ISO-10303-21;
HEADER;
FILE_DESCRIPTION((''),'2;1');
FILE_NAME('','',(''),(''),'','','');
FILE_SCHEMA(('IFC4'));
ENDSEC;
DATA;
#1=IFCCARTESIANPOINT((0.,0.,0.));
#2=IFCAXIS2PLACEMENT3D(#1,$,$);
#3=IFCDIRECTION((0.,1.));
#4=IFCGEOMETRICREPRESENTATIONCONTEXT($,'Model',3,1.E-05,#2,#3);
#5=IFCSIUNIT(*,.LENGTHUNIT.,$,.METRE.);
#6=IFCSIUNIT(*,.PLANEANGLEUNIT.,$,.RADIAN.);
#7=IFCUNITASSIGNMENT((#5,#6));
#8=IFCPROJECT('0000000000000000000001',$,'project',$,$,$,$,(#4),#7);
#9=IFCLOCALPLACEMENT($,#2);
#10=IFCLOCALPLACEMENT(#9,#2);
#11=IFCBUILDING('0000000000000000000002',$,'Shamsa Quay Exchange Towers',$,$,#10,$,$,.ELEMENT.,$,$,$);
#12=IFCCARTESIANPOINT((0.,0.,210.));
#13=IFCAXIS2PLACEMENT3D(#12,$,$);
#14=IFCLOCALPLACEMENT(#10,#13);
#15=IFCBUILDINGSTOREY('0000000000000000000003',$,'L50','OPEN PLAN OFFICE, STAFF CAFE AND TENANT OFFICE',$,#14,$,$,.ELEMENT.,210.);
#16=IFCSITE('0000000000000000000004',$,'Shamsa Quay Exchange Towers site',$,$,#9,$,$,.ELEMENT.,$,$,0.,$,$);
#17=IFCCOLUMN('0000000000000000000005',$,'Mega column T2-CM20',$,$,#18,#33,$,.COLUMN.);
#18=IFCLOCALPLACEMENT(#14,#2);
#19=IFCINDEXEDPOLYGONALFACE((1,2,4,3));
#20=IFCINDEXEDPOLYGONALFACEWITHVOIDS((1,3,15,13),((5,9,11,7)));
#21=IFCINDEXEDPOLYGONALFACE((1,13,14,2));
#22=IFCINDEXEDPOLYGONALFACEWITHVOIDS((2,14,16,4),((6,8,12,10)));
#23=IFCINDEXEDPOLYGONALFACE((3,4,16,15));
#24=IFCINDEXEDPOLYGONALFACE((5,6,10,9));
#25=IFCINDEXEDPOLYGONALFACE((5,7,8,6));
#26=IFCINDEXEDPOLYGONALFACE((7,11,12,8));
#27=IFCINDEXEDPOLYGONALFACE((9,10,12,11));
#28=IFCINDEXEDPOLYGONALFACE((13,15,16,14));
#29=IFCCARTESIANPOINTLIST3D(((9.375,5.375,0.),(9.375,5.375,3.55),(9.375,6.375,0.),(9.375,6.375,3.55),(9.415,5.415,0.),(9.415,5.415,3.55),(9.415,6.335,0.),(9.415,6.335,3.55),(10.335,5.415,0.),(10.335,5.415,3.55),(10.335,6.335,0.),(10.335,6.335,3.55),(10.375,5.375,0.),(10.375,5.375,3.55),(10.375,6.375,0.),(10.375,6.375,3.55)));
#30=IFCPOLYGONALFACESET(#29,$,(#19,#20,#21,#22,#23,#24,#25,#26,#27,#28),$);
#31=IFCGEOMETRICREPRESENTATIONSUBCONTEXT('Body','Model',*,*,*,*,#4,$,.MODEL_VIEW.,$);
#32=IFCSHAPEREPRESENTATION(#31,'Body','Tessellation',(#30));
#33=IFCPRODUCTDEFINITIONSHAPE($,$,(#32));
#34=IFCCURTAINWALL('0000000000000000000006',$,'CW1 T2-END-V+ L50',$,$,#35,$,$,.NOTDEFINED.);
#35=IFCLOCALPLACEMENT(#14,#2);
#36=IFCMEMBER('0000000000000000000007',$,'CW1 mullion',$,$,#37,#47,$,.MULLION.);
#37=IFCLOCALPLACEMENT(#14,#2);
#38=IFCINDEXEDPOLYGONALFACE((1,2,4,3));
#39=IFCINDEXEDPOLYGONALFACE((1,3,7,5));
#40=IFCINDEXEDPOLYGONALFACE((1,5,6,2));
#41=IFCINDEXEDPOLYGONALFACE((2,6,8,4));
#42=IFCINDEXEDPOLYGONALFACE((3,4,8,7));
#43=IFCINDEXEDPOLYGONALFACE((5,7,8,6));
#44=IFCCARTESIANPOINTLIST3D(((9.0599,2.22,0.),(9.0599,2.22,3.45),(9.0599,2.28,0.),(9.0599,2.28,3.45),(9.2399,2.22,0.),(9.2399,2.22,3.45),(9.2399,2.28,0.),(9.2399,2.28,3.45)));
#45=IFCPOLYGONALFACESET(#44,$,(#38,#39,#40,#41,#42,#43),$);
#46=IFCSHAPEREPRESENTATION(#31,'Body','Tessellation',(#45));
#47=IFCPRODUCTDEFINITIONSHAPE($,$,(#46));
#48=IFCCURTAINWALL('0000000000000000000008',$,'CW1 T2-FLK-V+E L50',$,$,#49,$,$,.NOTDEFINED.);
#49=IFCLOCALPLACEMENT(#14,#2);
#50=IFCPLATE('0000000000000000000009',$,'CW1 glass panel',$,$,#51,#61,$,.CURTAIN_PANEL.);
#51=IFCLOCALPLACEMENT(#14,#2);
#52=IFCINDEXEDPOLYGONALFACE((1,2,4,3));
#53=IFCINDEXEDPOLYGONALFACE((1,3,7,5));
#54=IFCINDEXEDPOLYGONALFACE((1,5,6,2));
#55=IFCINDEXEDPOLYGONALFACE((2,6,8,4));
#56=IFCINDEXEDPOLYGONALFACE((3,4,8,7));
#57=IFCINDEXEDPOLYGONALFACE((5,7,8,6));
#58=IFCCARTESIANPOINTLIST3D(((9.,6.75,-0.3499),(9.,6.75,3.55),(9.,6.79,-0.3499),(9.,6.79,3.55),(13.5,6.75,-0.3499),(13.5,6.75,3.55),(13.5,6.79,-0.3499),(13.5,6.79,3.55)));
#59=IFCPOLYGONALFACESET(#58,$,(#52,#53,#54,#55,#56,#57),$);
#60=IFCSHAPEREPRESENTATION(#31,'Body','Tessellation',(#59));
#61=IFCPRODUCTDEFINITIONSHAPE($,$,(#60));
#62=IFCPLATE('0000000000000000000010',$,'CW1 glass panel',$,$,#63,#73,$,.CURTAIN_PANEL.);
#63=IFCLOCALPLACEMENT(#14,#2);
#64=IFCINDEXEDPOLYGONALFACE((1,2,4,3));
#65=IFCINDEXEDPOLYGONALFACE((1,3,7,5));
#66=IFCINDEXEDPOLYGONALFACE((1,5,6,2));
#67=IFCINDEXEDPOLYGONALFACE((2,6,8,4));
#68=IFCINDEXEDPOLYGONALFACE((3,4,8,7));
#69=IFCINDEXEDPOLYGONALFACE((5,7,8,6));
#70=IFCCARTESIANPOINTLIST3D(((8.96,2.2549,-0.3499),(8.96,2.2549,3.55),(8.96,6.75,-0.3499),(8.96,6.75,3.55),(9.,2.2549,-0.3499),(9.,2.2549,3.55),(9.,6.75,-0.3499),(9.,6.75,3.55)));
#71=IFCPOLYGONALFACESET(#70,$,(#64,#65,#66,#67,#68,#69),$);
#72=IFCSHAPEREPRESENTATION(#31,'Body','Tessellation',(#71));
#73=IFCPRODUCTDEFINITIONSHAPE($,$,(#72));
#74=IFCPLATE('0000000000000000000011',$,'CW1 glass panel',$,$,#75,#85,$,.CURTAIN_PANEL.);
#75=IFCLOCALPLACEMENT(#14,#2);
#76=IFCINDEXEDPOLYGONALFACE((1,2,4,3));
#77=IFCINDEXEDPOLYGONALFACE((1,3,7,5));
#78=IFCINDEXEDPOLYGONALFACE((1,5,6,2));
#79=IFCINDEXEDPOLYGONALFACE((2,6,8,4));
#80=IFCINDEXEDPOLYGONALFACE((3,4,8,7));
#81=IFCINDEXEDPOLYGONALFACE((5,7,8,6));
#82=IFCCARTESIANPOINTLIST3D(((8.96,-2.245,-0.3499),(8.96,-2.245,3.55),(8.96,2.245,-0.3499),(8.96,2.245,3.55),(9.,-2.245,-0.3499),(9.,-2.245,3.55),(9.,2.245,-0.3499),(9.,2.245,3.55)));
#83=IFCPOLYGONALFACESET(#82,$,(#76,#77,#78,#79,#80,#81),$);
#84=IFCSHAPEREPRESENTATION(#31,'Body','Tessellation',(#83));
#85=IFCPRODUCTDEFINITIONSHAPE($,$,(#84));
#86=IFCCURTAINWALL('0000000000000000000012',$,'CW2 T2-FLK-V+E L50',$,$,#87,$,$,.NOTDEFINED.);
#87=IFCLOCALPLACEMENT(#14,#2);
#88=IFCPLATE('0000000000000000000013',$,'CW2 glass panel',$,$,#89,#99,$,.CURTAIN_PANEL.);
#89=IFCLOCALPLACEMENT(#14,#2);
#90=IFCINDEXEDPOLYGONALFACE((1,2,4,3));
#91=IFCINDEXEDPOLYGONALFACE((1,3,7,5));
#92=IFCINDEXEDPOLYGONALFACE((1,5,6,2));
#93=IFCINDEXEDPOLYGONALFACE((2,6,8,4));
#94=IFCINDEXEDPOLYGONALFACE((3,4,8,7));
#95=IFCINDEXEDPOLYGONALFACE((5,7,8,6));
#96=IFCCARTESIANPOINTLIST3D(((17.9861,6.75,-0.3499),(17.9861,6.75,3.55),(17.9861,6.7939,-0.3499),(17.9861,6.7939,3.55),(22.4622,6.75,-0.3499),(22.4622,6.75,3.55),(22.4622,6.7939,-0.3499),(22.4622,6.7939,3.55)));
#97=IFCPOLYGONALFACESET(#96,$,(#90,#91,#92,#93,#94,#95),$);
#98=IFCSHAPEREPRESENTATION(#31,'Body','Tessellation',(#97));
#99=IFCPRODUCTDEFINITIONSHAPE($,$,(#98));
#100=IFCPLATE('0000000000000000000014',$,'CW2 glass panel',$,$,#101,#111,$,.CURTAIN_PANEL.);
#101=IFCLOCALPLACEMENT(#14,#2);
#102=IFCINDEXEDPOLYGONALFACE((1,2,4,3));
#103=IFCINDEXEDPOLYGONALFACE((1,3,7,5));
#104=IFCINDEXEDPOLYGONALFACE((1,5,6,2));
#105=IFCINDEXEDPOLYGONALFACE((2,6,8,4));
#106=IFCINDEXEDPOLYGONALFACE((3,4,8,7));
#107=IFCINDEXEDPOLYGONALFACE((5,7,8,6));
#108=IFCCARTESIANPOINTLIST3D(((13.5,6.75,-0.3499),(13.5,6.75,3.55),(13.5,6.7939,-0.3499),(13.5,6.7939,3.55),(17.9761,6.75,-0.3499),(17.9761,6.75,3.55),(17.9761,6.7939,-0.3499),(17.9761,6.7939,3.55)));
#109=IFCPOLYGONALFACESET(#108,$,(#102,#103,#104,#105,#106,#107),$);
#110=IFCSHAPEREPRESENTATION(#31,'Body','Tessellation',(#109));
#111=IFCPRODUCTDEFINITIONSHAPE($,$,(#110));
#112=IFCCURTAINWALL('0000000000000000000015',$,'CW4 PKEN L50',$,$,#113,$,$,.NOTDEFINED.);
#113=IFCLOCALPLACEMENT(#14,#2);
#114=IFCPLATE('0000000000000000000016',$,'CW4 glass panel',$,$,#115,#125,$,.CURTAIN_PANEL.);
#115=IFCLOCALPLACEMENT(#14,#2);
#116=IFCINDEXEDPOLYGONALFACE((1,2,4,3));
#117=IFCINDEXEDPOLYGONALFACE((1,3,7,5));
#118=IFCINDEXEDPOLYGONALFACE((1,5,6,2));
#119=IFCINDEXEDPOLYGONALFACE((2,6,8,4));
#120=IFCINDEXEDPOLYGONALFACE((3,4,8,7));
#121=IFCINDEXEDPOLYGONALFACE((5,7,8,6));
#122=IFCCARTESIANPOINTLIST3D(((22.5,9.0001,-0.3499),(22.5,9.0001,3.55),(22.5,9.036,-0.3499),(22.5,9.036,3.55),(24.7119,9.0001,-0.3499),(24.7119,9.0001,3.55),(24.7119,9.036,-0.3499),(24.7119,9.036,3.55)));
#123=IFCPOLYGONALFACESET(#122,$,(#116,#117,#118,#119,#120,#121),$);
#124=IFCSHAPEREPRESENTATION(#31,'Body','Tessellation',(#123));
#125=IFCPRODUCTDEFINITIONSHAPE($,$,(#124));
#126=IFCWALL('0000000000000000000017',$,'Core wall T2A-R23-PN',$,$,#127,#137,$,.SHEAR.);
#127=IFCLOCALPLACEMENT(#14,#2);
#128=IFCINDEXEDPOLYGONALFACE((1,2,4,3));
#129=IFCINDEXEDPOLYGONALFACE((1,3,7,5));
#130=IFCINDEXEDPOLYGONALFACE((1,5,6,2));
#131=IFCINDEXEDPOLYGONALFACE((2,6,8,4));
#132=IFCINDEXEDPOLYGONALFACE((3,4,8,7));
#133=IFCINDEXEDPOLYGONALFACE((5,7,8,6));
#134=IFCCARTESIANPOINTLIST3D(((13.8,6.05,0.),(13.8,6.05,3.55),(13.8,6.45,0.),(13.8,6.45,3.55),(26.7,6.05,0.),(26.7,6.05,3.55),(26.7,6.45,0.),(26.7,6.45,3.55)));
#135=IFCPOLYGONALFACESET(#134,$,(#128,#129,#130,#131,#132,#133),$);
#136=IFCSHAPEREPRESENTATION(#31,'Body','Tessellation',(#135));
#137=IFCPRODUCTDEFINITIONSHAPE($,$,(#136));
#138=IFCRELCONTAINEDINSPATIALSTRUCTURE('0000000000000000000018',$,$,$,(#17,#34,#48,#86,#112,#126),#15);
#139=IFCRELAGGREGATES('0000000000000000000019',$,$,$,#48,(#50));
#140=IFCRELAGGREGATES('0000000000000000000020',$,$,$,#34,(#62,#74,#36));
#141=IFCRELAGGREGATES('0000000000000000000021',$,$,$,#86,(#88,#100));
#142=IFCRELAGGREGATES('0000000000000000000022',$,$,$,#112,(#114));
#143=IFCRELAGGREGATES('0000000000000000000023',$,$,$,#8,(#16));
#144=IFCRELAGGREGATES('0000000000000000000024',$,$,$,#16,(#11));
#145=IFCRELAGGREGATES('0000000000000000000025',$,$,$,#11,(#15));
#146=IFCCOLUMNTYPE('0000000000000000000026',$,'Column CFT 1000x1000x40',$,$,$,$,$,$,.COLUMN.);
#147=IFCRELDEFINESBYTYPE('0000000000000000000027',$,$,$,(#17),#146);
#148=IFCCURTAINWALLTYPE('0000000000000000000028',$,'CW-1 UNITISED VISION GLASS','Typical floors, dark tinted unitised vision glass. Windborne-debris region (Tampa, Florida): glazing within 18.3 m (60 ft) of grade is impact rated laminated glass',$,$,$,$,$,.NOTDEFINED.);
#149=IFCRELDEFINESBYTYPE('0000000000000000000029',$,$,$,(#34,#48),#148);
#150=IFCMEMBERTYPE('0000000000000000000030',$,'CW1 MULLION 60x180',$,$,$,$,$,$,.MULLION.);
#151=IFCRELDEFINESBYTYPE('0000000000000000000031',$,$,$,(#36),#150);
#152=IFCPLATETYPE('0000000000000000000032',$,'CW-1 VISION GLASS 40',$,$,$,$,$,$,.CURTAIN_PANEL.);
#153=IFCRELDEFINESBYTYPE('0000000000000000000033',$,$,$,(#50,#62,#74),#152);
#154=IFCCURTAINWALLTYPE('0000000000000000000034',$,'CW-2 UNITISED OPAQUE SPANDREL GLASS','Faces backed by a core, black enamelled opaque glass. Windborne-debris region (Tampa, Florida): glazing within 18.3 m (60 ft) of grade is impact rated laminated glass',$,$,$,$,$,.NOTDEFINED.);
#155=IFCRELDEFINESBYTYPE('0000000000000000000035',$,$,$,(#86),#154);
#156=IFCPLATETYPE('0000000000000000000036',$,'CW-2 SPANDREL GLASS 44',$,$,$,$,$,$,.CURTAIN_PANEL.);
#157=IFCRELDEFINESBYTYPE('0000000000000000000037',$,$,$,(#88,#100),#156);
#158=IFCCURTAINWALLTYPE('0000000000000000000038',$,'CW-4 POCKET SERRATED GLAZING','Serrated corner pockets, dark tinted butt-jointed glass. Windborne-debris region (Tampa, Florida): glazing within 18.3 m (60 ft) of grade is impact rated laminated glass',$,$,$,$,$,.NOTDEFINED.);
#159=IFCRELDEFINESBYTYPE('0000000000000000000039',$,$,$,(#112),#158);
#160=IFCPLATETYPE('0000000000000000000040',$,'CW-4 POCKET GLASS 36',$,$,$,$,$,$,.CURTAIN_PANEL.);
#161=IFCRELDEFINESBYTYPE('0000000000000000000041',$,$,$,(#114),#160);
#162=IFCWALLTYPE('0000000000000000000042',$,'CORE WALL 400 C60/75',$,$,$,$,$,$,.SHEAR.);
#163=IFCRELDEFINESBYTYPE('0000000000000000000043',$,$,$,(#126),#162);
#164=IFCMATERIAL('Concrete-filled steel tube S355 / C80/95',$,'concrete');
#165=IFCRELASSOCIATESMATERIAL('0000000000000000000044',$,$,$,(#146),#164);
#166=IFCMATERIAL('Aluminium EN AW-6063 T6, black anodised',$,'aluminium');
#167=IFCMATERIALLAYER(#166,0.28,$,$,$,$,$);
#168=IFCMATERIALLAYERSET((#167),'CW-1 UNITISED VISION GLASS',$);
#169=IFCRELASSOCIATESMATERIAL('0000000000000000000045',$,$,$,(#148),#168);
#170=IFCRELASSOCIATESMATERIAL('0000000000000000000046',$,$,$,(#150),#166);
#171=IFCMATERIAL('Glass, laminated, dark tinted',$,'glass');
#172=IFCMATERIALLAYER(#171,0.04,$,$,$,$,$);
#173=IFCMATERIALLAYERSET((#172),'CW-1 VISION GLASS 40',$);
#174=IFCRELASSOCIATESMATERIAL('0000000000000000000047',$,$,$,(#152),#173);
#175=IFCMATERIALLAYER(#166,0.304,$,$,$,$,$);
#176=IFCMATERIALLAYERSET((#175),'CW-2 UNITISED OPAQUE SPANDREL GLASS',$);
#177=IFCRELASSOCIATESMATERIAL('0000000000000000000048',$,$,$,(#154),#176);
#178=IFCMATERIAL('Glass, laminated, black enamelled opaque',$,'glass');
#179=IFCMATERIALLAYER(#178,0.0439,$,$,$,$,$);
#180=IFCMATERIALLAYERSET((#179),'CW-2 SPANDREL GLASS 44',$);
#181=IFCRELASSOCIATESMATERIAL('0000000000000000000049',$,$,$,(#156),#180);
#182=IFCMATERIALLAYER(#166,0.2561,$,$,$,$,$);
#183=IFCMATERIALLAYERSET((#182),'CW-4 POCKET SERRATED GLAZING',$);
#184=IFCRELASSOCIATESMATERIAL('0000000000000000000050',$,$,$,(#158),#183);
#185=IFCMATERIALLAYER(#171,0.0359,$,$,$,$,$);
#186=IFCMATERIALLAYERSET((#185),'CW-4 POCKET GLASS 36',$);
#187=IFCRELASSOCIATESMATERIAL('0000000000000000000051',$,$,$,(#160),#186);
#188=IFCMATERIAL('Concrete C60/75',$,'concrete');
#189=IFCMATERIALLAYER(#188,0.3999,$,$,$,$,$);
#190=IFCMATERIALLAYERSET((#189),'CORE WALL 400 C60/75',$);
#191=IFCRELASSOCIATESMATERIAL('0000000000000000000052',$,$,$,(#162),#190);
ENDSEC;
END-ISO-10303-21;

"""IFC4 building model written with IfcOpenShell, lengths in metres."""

from ifc_helpers import new_model, si_unit, direction, frame, frame_2d, origin, origin_2d, place, context, subcontext, project, spatial, rectangle, hollow_rectangle, extrude, material, layer, layer_set, material_profile, profile_set, type_object, element, aggregate, save


model = new_model("IFC4")

# Units and contexts
model_context = context("Model", 3, precision=1e-05, world=origin(), true_north=direction((0.0, 1.0)))
body_context = subcontext(model_context, "Body", "Model", "MODEL_VIEW")
ifc_project = project(units=[si_unit("LENGTHUNIT", "METRE"), si_unit("PLANEANGLEUNIT", "RADIAN")], contexts=[model_context])

# Site, building, storey
site_placement = place(None, origin())
site = spatial("IfcSite", under=ifc_project, at=site_placement, Name="Shamsa Quay Exchange Towers site", CompositionType="ELEMENT", RefElevation=0.0)
building_placement = place(site_placement, origin())
building = spatial("IfcBuilding", under=site, at=building_placement, Name="Shamsa Quay Exchange Towers", CompositionType="ELEMENT")
storey_placement = place(building_placement, frame((0.0, 0.0, 210.0)))
storey = spatial("IfcBuildingStorey", under=building, at=storey_placement, Name="L50", Description="OPEN PLAN OFFICE, STAFF CAFE AND TENANT OFFICE", CompositionType="ELEMENT", Elevation=210.0)

# Column
ifc_material_1 = material(Name="Concrete-filled steel tube S355 / C80/95", Category="concrete")
ifc_material_profile_1 = material_profile(ifc_material_1, hollow_rectangle(XDim=1.0, YDim=1.0, WallThickness=0.04, at=origin_2d()), Name="CFT 1000x1000x40")
ifc_profile_set_1 = profile_set([ifc_material_profile_1], Name="Concrete-filled steel tube S355 / C80/95")
column_type = type_object("IfcColumnType", Name="Column CFT 1000x1000x40", PredefinedType="COLUMN", material=ifc_profile_set_1)
column_placement = place(storey_placement, frame((9.875, 5.875, 0.0)))
element("IfcColumn", 1, at=column_placement, inside=storey, type_object=column_type, Name="Mega column T2-CM20", PredefinedType="COLUMN", context=body_context, shape_type="SweptSolid", body=[
    extrude(hollow_rectangle(XDim=1.0, YDim=1.0, WallThickness=0.04, at=origin_2d()), origin(), (0.0, 0.0, 1.0), 3.55),
])

# Curtain wall, member
ifc_material_2 = material(Name="Aluminium EN AW-6063 T6, black anodised", Category="aluminium")
ifc_layer_1 = layer(ifc_material_2, 0.28)
ifc_layer_set_1 = layer_set([ifc_layer_1], Name="CW-1 UNITISED VISION GLASS")
curtain_wall_type_1 = type_object("IfcCurtainWallType", Name="CW-1 UNITISED VISION GLASS", Description="Typical floors, dark tinted unitised vision glass. Windborne-debris region (Tampa, Florida): glazing within 18.3 m (60 ft) of grade is impact rated laminated glass", PredefinedType="NOTDEFINED", material=ifc_layer_set_1)
curtain_wall_1_placement = place(storey_placement, origin())
curtain_wall_1 = element("IfcCurtainWall", 2, at=curtain_wall_1_placement, inside=storey, type_object=curtain_wall_type_1, Name="CW1 T2-END-V+ L50", PredefinedType="NOTDEFINED")
ifc_material_profile_2 = material_profile(ifc_material_2, rectangle(XDim=0.1799, YDim=0.0601, at=origin_2d()), Name="MU60x180")
ifc_profile_set_2 = profile_set([ifc_material_profile_2], Name="Aluminium EN AW-6063 T6, black anodised")
member_type = type_object("IfcMemberType", Name="CW1 MULLION 60x180", PredefinedType="MULLION", material=ifc_profile_set_2)
member_placement = place(storey_placement, frame((9.1499, 2.25, 0.0)))
member = element("IfcMember", 3, at=member_placement, type_object=member_type, Name="CW1 mullion", PredefinedType="MULLION", context=body_context, shape_type="SweptSolid", body=[
    extrude(rectangle(XDim=0.1799, YDim=0.0601, at=origin_2d()), origin(), (0.0, 0.0, 1.0), 3.45),
])

# Curtain wall, plate
curtain_wall_2_placement = place(storey_placement, origin())
curtain_wall_2 = element("IfcCurtainWall", 4, at=curtain_wall_2_placement, inside=storey, type_object=curtain_wall_type_1, Name="CW1 T2-FLK-V+E L50", PredefinedType="NOTDEFINED")
ifc_material_3 = material(Name="Glass, laminated, dark tinted", Category="glass")
ifc_layer_2 = layer(ifc_material_3, 0.04)
ifc_layer_set_2 = layer_set([ifc_layer_2], Name="CW-1 VISION GLASS 40")
plate_type_1 = type_object("IfcPlateType", Name="CW-1 VISION GLASS 40", PredefinedType="CURTAIN_PANEL", material=ifc_layer_set_2)
plate_1_placement = place(storey_placement, frame((11.25, 6.77, -0.3499), z_axis=(0.0, 0.0, 1.0), x_axis=(-1.0, 0.0, 0.0)))
plate_1 = element("IfcPlate", 5, at=plate_1_placement, type_object=plate_type_1, Name="CW1 glass panel", PredefinedType="CURTAIN_PANEL", context=body_context, shape_type="SweptSolid", body=[
    extrude(rectangle(XDim=4.5, YDim=0.04, at=origin_2d()), origin(), (0.0, 0.0, 1.0), 3.8999),
])
aggregate(curtain_wall_2, [plate_1])

# Plates
plate_2_placement = place(storey_placement, frame((8.98, 4.5024, -0.3499), z_axis=(0.0, 0.0, 1.0), x_axis=(0.0, -1.0, 0.0)))
plate_2 = element("IfcPlate", 6, at=plate_2_placement, type_object=plate_type_1, Name="CW1 glass panel", PredefinedType="CURTAIN_PANEL", context=body_context, shape_type="SweptSolid", body=[
    extrude(rectangle(XDim=4.4951, YDim=0.04, at=origin_2d()), origin(), (0.0, 0.0, 1.0), 3.8999),
])
plate_3_placement = place(storey_placement, frame((8.98, 0.0, -0.3499), z_axis=(0.0, 0.0, 1.0), x_axis=(0.0, -1.0, 0.0)))
plate_3 = element("IfcPlate", 7, at=plate_3_placement, type_object=plate_type_1, Name="CW1 glass panel", PredefinedType="CURTAIN_PANEL", context=body_context, shape_type="SweptSolid", body=[
    extrude(rectangle(XDim=4.49, YDim=0.04, at=origin_2d()), origin(), (0.0, 0.0, 1.0), 3.8999),
])
aggregate(curtain_wall_1, [plate_2, plate_3, member])

# Curtain wall, plates
ifc_layer_3 = layer(ifc_material_2, 0.304)
ifc_layer_set_3 = layer_set([ifc_layer_3], Name="CW-2 UNITISED OPAQUE SPANDREL GLASS")
curtain_wall_type_2 = type_object("IfcCurtainWallType", Name="CW-2 UNITISED OPAQUE SPANDREL GLASS", Description="Faces backed by a core, black enamelled opaque glass. Windborne-debris region (Tampa, Florida): glazing within 18.3 m (60 ft) of grade is impact rated laminated glass", PredefinedType="NOTDEFINED", material=ifc_layer_set_3)
curtain_wall_3_placement = place(storey_placement, origin())
curtain_wall_3 = element("IfcCurtainWall", 8, at=curtain_wall_3_placement, inside=storey, type_object=curtain_wall_type_2, Name="CW2 T2-FLK-V+E L50", PredefinedType="NOTDEFINED")
ifc_material_4 = material(Name="Glass, laminated, black enamelled opaque", Category="glass")
ifc_layer_4 = layer(ifc_material_4, 0.0439)
ifc_layer_set_4 = layer_set([ifc_layer_4], Name="CW-2 SPANDREL GLASS 44")
plate_type_2 = type_object("IfcPlateType", Name="CW-2 SPANDREL GLASS 44", PredefinedType="CURTAIN_PANEL", material=ifc_layer_set_4)
plate_4_placement = place(storey_placement, frame((20.2241, 6.772, -0.3499), z_axis=(0.0, 0.0, 1.0), x_axis=(-1.0, 0.0, 0.0)))
plate_4 = element("IfcPlate", 9, at=plate_4_placement, type_object=plate_type_2, Name="CW2 glass panel", PredefinedType="CURTAIN_PANEL", context=body_context, shape_type="SweptSolid", body=[
    extrude(rectangle(XDim=4.4761, YDim=0.0439, at=origin_2d()), origin(), (0.0, 0.0, 1.0), 3.8999),
])
plate_5_placement = place(storey_placement, frame((15.738, 6.772, -0.3499), z_axis=(0.0, 0.0, 1.0), x_axis=(-1.0, 0.0, 0.0)))
plate_5 = element("IfcPlate", 10, at=plate_5_placement, type_object=plate_type_2, Name="CW2 glass panel", PredefinedType="CURTAIN_PANEL", context=body_context, shape_type="SweptSolid", body=[
    extrude(rectangle(XDim=4.4761, YDim=0.0439, at=origin_2d()), origin(), (0.0, 0.0, 1.0), 3.8999),
])
aggregate(curtain_wall_3, [plate_4, plate_5])

# Curtain wall, plate
ifc_layer_5 = layer(ifc_material_2, 0.2561)
ifc_layer_set_5 = layer_set([ifc_layer_5], Name="CW-4 POCKET SERRATED GLAZING")
curtain_wall_type_3 = type_object("IfcCurtainWallType", Name="CW-4 POCKET SERRATED GLAZING", Description="Serrated corner pockets, dark tinted butt-jointed glass. Windborne-debris region (Tampa, Florida): glazing within 18.3 m (60 ft) of grade is impact rated laminated glass", PredefinedType="NOTDEFINED", material=ifc_layer_set_5)
curtain_wall_4_placement = place(storey_placement, origin())
curtain_wall_4 = element("IfcCurtainWall", 11, at=curtain_wall_4_placement, inside=storey, type_object=curtain_wall_type_3, Name="CW4 PKEN L50", PredefinedType="NOTDEFINED")
ifc_layer_6 = layer(ifc_material_3, 0.0359)
ifc_layer_set_6 = layer_set([ifc_layer_6], Name="CW-4 POCKET GLASS 36")
plate_type_3 = type_object("IfcPlateType", Name="CW-4 POCKET GLASS 36", PredefinedType="CURTAIN_PANEL", material=ifc_layer_set_6)
plate_6_placement = place(storey_placement, frame((23.606, 9.0181, -0.3499), z_axis=(0.0, 0.0, 1.0), x_axis=(-1.0, 0.0, 0.0)))
plate_6 = element("IfcPlate", 12, at=plate_6_placement, type_object=plate_type_3, Name="CW4 glass panel", PredefinedType="CURTAIN_PANEL", context=body_context, shape_type="SweptSolid", body=[
    extrude(rectangle(XDim=2.2119, YDim=0.0359, at=origin_2d()), origin(), (0.0, 0.0, 1.0), 3.8999),
])
aggregate(curtain_wall_4, [plate_6])

# Wall
ifc_material_5 = material(Name="Concrete C60/75", Category="concrete")
ifc_layer_7 = layer(ifc_material_5, 0.3999)
ifc_layer_set_7 = layer_set([ifc_layer_7], Name="CORE WALL 400 C60/75")
wall_type_1 = type_object("IfcWallType", Name="CORE WALL 400 C60/75", PredefinedType="SHEAR", material=ifc_layer_set_7)
wall_1_placement = place(storey_placement, frame((13.8, 6.25, 0.0)))
element("IfcWall", 13, at=wall_1_placement, inside=storey, type_object=wall_type_1, Name="Core wall T2A-R23-PN", PredefinedType="SHEAR", context=body_context, shape_type="SweptSolid", body=[
    extrude(rectangle(XDim=12.8999, YDim=0.3999, at=frame_2d((6.45, 0.0))), origin(), (0.0, 0.0, 1.0), 3.55),
])

save(model, "model.ifc")
